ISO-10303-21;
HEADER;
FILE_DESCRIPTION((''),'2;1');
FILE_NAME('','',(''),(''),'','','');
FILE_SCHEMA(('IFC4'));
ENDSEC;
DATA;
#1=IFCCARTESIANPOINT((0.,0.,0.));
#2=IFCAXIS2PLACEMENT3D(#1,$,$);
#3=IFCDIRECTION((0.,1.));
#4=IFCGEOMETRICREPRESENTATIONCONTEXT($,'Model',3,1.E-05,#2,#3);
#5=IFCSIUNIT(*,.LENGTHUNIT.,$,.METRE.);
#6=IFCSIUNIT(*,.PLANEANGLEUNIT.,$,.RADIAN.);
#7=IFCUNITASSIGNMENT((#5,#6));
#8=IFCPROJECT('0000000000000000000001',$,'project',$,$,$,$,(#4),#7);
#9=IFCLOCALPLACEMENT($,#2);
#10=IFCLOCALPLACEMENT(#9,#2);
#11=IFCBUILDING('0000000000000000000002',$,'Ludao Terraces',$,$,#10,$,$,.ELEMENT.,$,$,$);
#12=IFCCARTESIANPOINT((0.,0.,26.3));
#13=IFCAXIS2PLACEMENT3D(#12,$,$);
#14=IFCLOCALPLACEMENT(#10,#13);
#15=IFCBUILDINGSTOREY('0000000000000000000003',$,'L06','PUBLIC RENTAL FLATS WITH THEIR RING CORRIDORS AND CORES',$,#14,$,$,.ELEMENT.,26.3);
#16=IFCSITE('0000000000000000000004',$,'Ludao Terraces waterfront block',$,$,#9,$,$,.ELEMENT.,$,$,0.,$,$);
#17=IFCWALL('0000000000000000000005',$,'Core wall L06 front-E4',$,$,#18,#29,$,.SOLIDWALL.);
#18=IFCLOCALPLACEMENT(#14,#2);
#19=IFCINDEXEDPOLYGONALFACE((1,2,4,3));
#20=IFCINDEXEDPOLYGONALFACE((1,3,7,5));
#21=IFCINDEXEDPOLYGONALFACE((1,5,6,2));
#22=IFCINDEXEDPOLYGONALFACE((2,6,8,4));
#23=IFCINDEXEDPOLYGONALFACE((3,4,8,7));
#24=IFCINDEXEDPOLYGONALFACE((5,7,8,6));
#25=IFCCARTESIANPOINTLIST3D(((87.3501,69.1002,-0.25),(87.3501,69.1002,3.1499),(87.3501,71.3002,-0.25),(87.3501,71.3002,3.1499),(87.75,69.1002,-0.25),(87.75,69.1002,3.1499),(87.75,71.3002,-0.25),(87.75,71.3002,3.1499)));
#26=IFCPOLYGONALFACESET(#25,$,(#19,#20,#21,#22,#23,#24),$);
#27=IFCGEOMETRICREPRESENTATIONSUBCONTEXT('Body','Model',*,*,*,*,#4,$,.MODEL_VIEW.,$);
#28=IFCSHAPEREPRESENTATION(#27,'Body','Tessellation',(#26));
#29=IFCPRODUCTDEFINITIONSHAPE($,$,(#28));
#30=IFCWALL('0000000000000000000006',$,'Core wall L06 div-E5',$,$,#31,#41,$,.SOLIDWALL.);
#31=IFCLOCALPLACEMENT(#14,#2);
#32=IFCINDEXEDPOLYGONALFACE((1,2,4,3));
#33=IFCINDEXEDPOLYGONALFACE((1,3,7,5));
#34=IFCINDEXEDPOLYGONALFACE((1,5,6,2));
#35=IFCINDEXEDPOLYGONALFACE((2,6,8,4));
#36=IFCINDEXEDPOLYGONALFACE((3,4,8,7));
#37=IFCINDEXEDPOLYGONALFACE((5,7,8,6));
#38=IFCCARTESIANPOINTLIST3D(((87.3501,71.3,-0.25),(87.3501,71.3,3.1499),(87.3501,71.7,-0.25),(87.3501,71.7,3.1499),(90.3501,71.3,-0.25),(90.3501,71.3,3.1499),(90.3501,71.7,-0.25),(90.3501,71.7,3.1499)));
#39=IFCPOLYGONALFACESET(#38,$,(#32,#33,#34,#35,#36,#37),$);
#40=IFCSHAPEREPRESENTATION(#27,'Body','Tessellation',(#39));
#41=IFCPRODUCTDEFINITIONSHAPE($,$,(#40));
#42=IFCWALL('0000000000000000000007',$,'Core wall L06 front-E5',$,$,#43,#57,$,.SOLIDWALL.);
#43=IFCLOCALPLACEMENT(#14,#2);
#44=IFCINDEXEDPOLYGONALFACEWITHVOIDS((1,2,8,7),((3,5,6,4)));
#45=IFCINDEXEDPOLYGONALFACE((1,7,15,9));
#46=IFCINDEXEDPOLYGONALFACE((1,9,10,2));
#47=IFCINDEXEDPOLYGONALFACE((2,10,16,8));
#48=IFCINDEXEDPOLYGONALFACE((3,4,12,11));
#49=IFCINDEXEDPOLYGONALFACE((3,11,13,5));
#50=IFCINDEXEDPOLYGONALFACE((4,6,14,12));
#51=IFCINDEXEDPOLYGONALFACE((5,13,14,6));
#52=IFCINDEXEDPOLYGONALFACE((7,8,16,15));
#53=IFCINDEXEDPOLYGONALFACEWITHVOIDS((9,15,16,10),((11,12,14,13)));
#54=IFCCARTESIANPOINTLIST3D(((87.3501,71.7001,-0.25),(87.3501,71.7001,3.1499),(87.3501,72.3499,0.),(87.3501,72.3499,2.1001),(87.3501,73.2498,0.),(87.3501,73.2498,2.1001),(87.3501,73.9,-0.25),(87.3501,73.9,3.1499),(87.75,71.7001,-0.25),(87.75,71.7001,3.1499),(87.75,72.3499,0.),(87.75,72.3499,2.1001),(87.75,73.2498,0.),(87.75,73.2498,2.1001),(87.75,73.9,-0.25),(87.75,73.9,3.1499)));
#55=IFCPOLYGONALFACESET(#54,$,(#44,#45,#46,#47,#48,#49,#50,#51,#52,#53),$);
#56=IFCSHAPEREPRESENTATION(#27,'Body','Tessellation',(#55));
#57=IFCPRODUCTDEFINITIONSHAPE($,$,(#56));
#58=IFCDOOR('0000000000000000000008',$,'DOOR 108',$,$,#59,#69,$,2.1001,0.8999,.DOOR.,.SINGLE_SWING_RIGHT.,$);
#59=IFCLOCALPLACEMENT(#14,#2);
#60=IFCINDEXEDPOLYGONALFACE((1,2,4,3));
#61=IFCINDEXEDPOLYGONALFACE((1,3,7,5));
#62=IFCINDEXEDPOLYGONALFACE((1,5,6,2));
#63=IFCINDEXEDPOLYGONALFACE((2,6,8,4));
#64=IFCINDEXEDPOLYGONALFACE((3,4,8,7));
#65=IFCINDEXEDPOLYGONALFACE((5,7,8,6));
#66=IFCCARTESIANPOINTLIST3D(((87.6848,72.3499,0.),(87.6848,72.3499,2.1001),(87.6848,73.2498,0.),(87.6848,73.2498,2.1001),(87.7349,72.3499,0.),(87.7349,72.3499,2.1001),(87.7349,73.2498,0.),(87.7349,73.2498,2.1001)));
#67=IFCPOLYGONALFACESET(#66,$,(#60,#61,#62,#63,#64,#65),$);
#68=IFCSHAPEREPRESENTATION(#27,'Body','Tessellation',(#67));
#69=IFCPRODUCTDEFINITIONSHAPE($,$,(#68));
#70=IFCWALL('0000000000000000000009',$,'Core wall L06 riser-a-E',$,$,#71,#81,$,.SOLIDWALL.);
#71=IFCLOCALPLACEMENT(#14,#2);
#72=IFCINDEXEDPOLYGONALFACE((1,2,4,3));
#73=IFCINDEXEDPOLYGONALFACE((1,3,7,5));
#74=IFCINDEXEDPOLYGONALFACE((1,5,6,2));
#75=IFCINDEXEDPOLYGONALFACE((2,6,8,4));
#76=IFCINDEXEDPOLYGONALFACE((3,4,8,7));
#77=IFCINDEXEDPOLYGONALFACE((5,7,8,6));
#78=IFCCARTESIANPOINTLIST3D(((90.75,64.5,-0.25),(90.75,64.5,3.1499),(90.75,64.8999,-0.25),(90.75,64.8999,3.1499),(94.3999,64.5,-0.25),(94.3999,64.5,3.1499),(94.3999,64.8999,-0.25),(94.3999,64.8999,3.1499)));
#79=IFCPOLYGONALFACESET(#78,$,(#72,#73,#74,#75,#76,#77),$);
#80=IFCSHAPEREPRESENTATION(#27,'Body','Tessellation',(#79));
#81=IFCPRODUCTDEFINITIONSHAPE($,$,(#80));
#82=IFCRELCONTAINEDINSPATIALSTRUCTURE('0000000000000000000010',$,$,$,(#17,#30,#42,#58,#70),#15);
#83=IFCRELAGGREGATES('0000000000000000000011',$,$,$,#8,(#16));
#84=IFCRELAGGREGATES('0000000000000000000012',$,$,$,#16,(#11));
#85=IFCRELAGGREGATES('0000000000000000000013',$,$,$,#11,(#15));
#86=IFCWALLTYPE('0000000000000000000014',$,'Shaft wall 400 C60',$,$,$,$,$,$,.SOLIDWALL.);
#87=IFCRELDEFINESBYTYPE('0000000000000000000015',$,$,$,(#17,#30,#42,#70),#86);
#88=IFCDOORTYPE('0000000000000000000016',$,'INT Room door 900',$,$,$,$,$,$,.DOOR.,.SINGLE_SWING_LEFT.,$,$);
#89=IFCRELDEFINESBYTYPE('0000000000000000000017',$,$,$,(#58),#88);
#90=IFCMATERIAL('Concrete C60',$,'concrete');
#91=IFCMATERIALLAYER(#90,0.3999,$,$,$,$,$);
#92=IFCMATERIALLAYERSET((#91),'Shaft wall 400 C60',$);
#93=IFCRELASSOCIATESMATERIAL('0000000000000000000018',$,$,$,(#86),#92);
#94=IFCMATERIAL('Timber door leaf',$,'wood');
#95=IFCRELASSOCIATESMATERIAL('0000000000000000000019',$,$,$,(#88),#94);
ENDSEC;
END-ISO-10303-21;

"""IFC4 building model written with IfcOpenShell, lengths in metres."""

from ifc_helpers import new_model, si_unit, direction, frame, frame_2d, origin, place, context, subcontext, project, spatial, rectangle, extrude, material, layer, layer_set, type_object, element, fill, save


model = new_model("IFC4")

# Units and contexts
model_context = context("Model", 3, precision=1e-05, world=origin(), true_north=direction((0.0, 1.0)))
body_context = subcontext(model_context, "Body", "Model", "MODEL_VIEW")
ifc_project = project(units=[si_unit("LENGTHUNIT", "METRE"), si_unit("PLANEANGLEUNIT", "RADIAN")], contexts=[model_context])

# Site, building, storey
site_placement = place(None, origin())
site = spatial("IfcSite", under=ifc_project, at=site_placement, Name="Ludao Terraces waterfront block", CompositionType="ELEMENT", RefElevation=0.0)
building_placement = place(site_placement, origin())
building = spatial("IfcBuilding", under=site, at=building_placement, Name="Ludao Terraces", CompositionType="ELEMENT")
storey_placement = place(building_placement, frame((0.0, 0.0, 26.3)))
storey = spatial("IfcBuildingStorey", under=building, at=storey_placement, Name="L06", Description="PUBLIC RENTAL FLATS WITH THEIR RING CORRIDORS AND CORES", CompositionType="ELEMENT", Elevation=26.3)

# Shared definitions
ifc_material_1 = material(Name="Concrete C60", Category="concrete")
ifc_layer_1 = layer(ifc_material_1, 0.3999)
ifc_layer_set_1 = layer_set([ifc_layer_1], Name="Shaft wall 400 C60")
wall_type_1 = type_object("IfcWallType", Name="Shaft wall 400 C60", PredefinedType="SOLIDWALL", material=ifc_layer_set_1)

# Walls
wall_1_placement = place(storey_placement, frame((87.55, 69.1001, -0.25), z_axis=(0.0, 0.0, 1.0), x_axis=(0.0, 1.0, 0.0)))
element("IfcWall", 1, at=wall_1_placement, inside=storey, type_object=wall_type_1, Name="Core wall L06 front-E4", PredefinedType="SOLIDWALL", context=body_context, shape_type="SweptSolid", body=[
    extrude(rectangle(XDim=2.2, YDim=0.3999, at=frame_2d((1.1001, 0.0))), origin(), (0.0, 0.0, 1.0), 3.3999),
])
wall_2_placement = place(storey_placement, frame((87.3501, 71.5, -0.25), z_axis=(0.0, 0.0, 1.0), x_axis=(1.0, 0.0, 0.0)))
element("IfcWall", 2, at=wall_2_placement, inside=storey, type_object=wall_type_1, Name="Core wall L06 div-E5", PredefinedType="SOLIDWALL", context=body_context, shape_type="SweptSolid", body=[
    extrude(rectangle(XDim=3.0, YDim=0.3999, at=frame_2d((1.5, 0.0))), origin(), (0.0, 0.0, 1.0), 3.3999),
])

# Wall, opening, door
wall_3_placement = place(storey_placement, frame((87.55, 71.7, -0.25), z_axis=(0.0, 0.0, 1.0), x_axis=(0.0, 1.0, 0.0)))
wall_3 = element("IfcWall", 3, at=wall_3_placement, inside=storey, type_object=wall_type_1, Name="Core wall L06 front-E5", PredefinedType="SOLIDWALL", context=body_context, shape_type="SweptSolid", body=[
    extrude(rectangle(XDim=2.2, YDim=0.3999, at=frame_2d((1.1001, 0.0))), origin(), (0.0, 0.0, 1.0), 3.3999),
])
opening_1_placement = place(wall_3_placement, frame((0.6499, 0.0, 0.25)))
opening_1 = element("IfcOpeningElement", 4, at=opening_1_placement, cuts=wall_3, PredefinedType="OPENING", context=body_context, shape_type="SweptSolid", body=[
    extrude(rectangle(XDim=0.8999, YDim=2.1001, at=frame_2d((0.45, 1.05))), frame((0.0, 0.21, 0.0), z_axis=(0.0, -1.0, 0.0), x_axis=(1.0, 0.0, 0.0)), (0.0, 0.0, 1.0), 0.4199),
])
ifc_material_2 = material(Name="Timber door leaf", Category="wood")
door_type_1 = type_object("IfcDoorType", Name="INT Room door 900", OperationType="SINGLE_SWING_LEFT", PredefinedType="DOOR", material=ifc_material_2)
door_1_placement = place(opening_1_placement, origin())
door_1 = element("IfcDoor", 5, at=door_1_placement, inside=storey, type_object=door_type_1, Name="DOOR 108", OperationType="SINGLE_SWING_RIGHT", OverallHeight=2.1001, OverallWidth=0.8999, PredefinedType="DOOR", context=body_context, shape_type="SweptSolid", body=[
    extrude(rectangle(XDim=0.8999, YDim=2.1001, at=frame_2d((0.45, 1.05))), frame((0.0, -0.1348, 0.0), z_axis=(0.0, -1.0, 0.0), x_axis=(1.0, 0.0, 0.0)), (0.0, 0.0, 1.0), 0.05),
])
fill(opening_1, door_1)

# Wall
wall_4_placement = place(storey_placement, frame((90.75, 64.7, -0.25), z_axis=(0.0, 0.0, 1.0), x_axis=(1.0, 0.0, 0.0)))
element("IfcWall", 6, at=wall_4_placement, inside=storey, type_object=wall_type_1, Name="Core wall L06 riser-a-E", PredefinedType="SOLIDWALL", context=body_context, shape_type="SweptSolid", body=[
    extrude(rectangle(XDim=3.6499, YDim=0.3999, at=frame_2d((1.825, 0.0))), origin(), (0.0, 0.0, 1.0), 3.3999),
])

save(model, "model.ifc")
